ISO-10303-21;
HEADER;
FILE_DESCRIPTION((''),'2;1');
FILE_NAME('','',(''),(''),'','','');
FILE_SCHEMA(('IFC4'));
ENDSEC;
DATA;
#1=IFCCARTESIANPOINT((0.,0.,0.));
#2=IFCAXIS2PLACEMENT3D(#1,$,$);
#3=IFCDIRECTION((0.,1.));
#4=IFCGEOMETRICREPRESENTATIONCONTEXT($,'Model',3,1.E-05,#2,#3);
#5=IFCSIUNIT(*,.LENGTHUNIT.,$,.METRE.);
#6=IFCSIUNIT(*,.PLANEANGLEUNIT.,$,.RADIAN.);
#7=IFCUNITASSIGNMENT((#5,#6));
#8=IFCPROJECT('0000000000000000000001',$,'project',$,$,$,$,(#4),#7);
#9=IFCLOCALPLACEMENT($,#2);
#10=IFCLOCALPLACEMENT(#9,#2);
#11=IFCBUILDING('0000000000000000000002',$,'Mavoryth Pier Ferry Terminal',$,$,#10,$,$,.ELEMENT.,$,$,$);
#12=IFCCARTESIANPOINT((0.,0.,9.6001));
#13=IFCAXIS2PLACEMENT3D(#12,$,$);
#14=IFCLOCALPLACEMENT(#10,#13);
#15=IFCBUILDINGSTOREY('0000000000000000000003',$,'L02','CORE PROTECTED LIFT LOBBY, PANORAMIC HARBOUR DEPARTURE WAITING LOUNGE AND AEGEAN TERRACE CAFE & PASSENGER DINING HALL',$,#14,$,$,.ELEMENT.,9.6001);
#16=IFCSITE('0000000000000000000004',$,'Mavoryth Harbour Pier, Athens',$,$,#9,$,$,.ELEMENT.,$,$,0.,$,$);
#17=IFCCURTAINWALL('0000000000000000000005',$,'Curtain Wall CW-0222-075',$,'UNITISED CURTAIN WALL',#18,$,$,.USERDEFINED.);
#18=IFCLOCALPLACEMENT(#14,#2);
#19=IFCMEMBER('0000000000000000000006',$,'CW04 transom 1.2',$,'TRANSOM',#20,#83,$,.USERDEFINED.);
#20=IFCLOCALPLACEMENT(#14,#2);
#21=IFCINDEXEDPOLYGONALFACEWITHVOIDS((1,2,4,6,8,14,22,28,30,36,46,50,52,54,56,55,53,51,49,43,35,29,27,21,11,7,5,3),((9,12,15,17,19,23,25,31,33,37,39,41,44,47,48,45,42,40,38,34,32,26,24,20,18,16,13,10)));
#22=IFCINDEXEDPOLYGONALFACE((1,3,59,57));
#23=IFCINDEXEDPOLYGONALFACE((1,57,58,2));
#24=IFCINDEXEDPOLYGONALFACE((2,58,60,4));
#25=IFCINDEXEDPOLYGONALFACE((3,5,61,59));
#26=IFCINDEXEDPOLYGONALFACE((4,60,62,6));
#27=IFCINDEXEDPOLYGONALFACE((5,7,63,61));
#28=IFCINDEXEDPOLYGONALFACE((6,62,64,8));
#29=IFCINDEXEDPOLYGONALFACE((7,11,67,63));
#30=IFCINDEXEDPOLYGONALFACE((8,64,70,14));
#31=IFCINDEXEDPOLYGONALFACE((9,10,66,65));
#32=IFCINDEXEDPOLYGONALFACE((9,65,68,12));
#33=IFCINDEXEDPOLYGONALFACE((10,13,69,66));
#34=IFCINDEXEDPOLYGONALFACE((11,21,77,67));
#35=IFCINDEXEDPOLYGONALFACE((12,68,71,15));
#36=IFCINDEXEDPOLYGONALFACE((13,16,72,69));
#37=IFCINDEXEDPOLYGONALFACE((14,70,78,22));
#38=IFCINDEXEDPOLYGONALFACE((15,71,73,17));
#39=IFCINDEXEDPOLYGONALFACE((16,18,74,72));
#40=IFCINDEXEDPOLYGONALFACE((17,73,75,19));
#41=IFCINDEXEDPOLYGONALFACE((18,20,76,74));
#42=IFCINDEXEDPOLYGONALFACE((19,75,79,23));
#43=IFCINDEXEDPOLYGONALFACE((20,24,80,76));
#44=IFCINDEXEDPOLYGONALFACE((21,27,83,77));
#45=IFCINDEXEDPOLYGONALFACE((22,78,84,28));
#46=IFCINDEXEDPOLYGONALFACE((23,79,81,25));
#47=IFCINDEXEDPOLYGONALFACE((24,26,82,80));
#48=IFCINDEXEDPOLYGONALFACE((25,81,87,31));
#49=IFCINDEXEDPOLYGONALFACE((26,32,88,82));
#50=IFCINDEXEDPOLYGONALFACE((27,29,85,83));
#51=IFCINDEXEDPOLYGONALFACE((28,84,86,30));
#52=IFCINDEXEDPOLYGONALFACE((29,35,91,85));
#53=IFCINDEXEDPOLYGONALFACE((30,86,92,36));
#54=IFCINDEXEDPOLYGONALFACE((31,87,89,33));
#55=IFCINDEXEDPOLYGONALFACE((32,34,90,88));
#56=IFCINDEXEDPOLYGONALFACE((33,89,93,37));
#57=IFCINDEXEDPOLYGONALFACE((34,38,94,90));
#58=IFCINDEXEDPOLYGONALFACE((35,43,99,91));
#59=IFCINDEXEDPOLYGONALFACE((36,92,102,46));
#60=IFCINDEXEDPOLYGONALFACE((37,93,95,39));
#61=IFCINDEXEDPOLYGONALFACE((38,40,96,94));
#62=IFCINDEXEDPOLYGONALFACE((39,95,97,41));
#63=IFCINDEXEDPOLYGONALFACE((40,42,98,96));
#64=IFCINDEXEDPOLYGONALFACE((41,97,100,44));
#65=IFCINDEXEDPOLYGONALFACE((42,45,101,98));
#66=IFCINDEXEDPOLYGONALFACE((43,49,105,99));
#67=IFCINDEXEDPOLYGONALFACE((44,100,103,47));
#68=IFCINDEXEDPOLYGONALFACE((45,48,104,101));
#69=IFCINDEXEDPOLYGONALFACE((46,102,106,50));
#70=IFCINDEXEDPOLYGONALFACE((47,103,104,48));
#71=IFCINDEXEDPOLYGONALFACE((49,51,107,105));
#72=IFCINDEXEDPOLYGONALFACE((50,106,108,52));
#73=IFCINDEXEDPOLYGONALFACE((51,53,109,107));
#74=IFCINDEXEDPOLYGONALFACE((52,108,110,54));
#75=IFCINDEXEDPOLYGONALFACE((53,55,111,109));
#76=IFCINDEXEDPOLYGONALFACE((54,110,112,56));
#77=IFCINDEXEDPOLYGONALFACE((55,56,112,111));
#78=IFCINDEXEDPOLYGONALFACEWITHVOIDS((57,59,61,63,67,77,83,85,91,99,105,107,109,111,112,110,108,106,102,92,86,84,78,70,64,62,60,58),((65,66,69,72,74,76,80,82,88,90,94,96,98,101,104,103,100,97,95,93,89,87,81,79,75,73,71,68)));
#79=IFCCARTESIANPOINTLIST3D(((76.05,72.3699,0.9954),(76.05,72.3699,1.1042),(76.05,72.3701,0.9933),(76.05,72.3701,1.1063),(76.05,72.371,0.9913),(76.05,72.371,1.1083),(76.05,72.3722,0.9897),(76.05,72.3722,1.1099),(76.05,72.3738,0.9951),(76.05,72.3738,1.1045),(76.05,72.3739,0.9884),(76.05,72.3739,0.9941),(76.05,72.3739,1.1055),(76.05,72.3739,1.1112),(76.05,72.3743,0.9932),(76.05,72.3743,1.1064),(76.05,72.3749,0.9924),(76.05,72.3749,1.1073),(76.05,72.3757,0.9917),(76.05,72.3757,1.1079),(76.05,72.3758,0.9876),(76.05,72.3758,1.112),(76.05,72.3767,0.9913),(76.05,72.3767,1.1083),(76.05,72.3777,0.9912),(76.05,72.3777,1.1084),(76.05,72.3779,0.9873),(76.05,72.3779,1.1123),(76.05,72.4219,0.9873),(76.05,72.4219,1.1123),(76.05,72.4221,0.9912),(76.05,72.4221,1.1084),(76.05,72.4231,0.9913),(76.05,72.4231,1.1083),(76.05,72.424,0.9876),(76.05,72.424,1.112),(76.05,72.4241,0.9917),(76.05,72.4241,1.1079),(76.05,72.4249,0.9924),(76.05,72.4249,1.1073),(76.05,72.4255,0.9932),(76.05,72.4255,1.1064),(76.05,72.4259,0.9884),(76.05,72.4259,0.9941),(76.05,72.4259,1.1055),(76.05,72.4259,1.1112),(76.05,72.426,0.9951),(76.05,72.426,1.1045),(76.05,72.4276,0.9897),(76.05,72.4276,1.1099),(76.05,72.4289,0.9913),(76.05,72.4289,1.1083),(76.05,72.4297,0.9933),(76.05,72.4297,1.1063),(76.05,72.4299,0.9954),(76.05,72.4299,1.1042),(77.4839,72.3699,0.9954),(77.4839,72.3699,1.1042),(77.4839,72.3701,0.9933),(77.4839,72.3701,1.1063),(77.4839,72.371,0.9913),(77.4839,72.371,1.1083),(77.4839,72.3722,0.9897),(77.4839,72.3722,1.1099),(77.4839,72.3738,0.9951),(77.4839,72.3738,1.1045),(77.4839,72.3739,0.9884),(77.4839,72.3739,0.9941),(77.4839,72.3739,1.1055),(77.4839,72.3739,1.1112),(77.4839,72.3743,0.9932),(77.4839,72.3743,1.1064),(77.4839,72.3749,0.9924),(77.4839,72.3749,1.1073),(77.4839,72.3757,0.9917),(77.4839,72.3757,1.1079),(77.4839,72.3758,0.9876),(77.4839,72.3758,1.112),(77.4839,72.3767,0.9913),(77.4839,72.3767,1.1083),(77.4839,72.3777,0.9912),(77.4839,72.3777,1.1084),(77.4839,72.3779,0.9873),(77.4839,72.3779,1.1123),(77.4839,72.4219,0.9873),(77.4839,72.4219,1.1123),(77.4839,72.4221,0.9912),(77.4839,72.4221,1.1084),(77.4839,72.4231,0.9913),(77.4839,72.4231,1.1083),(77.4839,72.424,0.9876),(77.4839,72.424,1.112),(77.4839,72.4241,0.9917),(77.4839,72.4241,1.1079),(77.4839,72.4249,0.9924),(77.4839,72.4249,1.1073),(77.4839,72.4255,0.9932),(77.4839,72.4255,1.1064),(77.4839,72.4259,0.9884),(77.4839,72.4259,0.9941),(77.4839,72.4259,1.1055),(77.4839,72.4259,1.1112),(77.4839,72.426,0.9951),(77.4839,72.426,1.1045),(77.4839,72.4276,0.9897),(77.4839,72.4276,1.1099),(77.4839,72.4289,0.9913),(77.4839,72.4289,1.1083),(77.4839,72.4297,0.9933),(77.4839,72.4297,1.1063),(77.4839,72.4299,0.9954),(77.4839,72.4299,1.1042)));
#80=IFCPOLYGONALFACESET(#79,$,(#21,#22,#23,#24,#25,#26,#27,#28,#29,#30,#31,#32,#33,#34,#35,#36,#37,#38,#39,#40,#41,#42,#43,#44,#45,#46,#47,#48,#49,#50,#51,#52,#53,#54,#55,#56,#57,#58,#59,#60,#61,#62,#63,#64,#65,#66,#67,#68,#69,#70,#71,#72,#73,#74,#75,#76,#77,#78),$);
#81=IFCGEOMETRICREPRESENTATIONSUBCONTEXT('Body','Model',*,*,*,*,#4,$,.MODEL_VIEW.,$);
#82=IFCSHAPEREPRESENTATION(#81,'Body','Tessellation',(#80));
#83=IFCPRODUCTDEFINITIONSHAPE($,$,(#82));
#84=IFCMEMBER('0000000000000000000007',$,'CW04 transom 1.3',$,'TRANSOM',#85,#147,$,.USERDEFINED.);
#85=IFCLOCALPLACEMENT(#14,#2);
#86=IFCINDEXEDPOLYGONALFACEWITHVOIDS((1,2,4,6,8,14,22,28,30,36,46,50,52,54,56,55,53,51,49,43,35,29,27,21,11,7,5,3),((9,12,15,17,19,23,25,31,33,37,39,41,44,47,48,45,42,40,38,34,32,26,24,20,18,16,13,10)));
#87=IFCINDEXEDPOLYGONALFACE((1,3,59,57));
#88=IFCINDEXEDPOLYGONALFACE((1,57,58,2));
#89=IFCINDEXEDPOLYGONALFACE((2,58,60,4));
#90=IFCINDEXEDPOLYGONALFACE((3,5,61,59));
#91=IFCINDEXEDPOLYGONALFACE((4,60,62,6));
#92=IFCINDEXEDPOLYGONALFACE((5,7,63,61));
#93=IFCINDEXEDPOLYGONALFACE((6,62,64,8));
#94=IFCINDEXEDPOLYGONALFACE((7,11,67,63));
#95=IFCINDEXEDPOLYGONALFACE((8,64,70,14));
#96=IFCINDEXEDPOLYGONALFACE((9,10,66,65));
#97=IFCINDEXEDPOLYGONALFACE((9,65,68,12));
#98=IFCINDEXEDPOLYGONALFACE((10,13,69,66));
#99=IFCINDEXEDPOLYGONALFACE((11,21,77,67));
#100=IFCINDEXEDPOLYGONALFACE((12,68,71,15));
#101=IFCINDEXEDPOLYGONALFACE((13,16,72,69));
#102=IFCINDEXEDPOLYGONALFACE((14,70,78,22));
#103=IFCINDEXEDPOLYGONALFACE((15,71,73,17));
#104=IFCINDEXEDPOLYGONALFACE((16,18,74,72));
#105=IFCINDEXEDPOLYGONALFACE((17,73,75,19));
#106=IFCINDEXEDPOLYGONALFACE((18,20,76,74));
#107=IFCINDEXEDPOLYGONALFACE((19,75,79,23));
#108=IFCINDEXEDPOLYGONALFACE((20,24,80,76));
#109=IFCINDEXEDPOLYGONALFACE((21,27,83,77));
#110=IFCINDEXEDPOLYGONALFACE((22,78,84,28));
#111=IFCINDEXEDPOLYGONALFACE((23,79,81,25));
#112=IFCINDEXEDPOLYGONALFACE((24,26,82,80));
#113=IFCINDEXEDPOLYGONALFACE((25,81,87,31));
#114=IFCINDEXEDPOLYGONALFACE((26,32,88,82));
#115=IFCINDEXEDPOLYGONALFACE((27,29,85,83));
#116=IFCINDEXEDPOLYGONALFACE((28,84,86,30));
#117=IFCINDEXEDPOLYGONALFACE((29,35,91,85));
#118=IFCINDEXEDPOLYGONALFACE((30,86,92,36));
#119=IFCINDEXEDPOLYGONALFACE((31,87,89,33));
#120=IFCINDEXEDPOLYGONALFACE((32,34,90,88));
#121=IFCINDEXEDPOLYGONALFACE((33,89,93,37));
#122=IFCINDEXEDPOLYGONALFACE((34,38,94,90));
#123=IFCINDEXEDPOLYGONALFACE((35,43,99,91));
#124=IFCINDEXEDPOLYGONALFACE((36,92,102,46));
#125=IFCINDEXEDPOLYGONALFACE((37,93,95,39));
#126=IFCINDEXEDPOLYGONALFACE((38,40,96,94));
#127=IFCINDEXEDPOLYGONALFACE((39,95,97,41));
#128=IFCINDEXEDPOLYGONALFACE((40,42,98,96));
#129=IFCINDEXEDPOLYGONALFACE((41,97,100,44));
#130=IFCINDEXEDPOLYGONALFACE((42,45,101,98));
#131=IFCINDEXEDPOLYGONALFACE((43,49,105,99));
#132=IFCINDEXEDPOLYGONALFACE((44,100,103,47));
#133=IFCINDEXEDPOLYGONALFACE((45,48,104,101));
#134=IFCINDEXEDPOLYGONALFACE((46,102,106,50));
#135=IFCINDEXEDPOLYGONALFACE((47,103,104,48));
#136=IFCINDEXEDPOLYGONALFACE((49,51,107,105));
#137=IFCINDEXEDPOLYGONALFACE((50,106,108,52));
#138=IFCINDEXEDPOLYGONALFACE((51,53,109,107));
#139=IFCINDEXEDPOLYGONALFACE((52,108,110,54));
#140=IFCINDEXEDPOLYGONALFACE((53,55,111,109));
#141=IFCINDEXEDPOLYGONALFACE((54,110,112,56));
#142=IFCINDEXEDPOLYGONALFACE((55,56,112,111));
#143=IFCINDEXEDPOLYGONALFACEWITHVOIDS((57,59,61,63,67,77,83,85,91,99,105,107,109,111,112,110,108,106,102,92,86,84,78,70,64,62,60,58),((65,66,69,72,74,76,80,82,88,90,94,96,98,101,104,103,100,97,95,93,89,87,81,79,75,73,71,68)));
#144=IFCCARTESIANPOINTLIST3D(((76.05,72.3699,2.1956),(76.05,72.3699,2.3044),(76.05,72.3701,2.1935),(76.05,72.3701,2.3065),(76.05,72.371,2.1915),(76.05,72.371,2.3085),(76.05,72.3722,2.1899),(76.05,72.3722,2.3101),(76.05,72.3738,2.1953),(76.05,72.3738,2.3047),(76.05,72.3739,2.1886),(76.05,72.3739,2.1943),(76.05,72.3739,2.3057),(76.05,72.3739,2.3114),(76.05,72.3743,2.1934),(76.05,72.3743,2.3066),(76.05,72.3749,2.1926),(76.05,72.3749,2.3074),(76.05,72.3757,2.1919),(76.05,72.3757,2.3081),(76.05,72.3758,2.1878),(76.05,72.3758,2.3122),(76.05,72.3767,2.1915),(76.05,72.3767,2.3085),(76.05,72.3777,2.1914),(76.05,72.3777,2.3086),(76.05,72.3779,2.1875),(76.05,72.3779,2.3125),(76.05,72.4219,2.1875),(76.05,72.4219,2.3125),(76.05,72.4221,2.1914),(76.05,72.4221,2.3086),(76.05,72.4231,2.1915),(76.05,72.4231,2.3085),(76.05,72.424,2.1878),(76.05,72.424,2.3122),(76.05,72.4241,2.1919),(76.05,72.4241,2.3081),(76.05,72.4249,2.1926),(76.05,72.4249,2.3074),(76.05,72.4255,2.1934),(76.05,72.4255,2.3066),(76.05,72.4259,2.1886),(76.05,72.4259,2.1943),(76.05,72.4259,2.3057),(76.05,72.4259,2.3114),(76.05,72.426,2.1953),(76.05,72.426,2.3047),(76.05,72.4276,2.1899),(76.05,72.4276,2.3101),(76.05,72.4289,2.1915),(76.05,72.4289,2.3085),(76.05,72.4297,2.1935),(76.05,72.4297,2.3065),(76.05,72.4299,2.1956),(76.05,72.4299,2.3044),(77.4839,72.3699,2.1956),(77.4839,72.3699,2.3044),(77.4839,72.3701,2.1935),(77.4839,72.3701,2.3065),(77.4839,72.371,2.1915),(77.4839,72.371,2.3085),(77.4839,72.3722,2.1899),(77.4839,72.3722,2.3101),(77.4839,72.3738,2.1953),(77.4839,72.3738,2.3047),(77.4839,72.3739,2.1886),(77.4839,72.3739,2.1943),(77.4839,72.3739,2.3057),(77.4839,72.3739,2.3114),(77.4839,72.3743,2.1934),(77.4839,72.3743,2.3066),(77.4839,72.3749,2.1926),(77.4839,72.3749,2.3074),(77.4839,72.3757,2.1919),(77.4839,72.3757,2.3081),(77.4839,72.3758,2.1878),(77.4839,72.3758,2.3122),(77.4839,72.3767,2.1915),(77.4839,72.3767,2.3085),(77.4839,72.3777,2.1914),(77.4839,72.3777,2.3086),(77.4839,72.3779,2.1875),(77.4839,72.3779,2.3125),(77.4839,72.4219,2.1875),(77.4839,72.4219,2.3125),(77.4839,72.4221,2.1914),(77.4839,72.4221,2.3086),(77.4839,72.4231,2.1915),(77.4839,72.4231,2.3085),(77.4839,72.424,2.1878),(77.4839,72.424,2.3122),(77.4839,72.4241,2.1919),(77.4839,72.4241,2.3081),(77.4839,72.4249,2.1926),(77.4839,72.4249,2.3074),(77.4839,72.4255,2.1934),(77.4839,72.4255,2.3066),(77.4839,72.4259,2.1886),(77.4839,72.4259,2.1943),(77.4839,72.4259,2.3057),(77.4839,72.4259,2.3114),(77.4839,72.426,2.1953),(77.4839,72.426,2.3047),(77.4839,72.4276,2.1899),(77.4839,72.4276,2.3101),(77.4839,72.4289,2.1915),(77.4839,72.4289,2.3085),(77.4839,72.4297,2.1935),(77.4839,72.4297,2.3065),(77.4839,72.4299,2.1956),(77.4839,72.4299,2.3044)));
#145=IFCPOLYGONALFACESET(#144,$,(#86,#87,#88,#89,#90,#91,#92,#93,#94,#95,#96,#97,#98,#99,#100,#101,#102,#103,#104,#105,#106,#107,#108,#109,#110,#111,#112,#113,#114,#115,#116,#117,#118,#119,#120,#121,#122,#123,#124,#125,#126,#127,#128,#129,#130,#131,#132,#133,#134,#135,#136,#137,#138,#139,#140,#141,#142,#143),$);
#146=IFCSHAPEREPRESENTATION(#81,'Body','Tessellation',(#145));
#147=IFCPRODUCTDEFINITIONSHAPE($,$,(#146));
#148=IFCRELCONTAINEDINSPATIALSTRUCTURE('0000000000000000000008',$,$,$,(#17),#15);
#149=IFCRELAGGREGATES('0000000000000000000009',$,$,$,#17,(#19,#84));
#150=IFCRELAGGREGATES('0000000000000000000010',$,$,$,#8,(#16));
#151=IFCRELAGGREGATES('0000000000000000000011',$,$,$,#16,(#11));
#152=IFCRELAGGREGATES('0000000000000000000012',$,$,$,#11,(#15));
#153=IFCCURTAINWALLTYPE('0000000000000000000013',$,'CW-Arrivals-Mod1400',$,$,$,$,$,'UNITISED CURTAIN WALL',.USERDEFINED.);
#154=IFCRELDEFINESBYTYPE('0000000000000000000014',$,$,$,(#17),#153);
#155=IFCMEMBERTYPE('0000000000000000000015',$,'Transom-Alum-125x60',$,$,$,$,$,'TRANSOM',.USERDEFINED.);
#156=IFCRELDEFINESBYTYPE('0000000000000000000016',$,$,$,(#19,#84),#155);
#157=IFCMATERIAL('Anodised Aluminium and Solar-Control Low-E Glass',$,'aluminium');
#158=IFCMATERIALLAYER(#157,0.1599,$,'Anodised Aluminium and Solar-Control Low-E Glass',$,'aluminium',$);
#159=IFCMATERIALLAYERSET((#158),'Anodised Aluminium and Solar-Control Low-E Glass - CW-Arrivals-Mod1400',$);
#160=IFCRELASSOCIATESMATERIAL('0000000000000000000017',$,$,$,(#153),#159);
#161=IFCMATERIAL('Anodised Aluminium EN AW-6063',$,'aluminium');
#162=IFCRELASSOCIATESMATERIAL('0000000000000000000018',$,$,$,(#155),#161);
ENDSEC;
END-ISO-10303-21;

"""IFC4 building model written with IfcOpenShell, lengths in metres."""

from ifc_helpers import new_model, si_unit, direction, frame, origin, origin_2d, place, context, subcontext, project, spatial, hollow_rectangle, extrude, material, layer, layer_set, material_profile, profile_set, type_object, element, aggregate, save


model = new_model("IFC4")

# Units and contexts
model_context = context("Model", 3, precision=1e-05, world=origin(), true_north=direction((0.0, 1.0)))
body_context = subcontext(model_context, "Body", "Model", "MODEL_VIEW")
ifc_project = project(units=[si_unit("LENGTHUNIT", "METRE"), si_unit("PLANEANGLEUNIT", "RADIAN")], contexts=[model_context])

# Site, building, storey
site_placement = place(None, origin())
site = spatial("IfcSite", under=ifc_project, at=site_placement, Name="Mavoryth Harbour Pier, Athens", CompositionType="ELEMENT", RefElevation=0.0)
building_placement = place(site_placement, origin())
building = spatial("IfcBuilding", under=site, at=building_placement, Name="Mavoryth Pier Ferry Terminal", CompositionType="ELEMENT")
storey_placement = place(building_placement, frame((0.0, 0.0, 9.6001)))
storey = spatial("IfcBuildingStorey", under=building, at=storey_placement, Name="L02", Description="CORE PROTECTED LIFT LOBBY, PANORAMIC HARBOUR DEPARTURE WAITING LOUNGE AND AEGEAN TERRACE CAFE & PASSENGER DINING HALL", CompositionType="ELEMENT", Elevation=9.6001)

# Curtain wall
ifc_material_1 = material(Name="Anodised Aluminium and Solar-Control Low-E Glass", Category="aluminium")
ifc_layer_1 = layer(ifc_material_1, 0.1599, Name="Anodised Aluminium and Solar-Control Low-E Glass", Category="aluminium")
ifc_layer_set_1 = layer_set([ifc_layer_1], Name="Anodised Aluminium and Solar-Control Low-E Glass - CW-Arrivals-Mod1400")
curtain_wall_type = type_object("IfcCurtainWallType", Name="CW-Arrivals-Mod1400", ElementType="UNITISED CURTAIN WALL", PredefinedType="USERDEFINED", material=ifc_layer_set_1)
ifc_material_2 = material(Name="Anodised Aluminium EN AW-6063", Category="aluminium")
curtain_wall_1_placement = place(storey_placement, origin())
curtain_wall_1 = element("IfcCurtainWall", 1, at=curtain_wall_1_placement, inside=storey, type_object=curtain_wall_type, Name="Curtain Wall CW-0222-075", ObjectType="UNITISED CURTAIN WALL", PredefinedType="USERDEFINED")

# Members
ifc_material_profile_1 = material_profile(ifc_material_2, hollow_rectangle(XDim=0.0601, YDim=0.125, WallThickness=0.0039, InnerFilletRadius=0.0039, OuterFilletRadius=0.0081, at=origin_2d()), Name="AL-TRAN 125x60x4", Category="aluminium")
ifc_profile_set_1 = profile_set([ifc_material_profile_1], Name="Anodised Aluminium EN AW-6063 - AL-TRAN 125x60x4")
member_type_1 = type_object("IfcMemberType", Name="Transom-Alum-125x60", ElementType="TRANSOM", PredefinedType="USERDEFINED", material=ifc_profile_set_1)
member_1_placement = place(storey_placement, frame((76.05, 72.3999, 1.0498), z_axis=(1.0, 0.0, 0.0), x_axis=(0.0, 1.0, 0.0)))
member_1 = element("IfcMember", 2, at=member_1_placement, type_object=member_type_1, Name="CW04 transom 1.2", ObjectType="TRANSOM", PredefinedType="USERDEFINED", context=body_context, shape_type="SweptSolid", body=[
    extrude(hollow_rectangle(XDim=0.0601, YDim=0.125, WallThickness=0.0039, InnerFilletRadius=0.0039, OuterFilletRadius=0.0081, at=origin_2d()), origin(), (0.0, 0.0, 1.0), 1.4338),
])
member_2_placement = place(storey_placement, frame((76.05, 72.3999, 2.25), z_axis=(1.0, 0.0, 0.0), x_axis=(0.0, 1.0, 0.0)))
member_2 = element("IfcMember", 3, at=member_2_placement, type_object=member_type_1, Name="CW04 transom 1.3", ObjectType="TRANSOM", PredefinedType="USERDEFINED", context=body_context, shape_type="SweptSolid", body=[
    extrude(hollow_rectangle(XDim=0.0601, YDim=0.125, WallThickness=0.0039, InnerFilletRadius=0.0039, OuterFilletRadius=0.0081, at=origin_2d()), origin(), (0.0, 0.0, 1.0), 1.4338),
])

aggregate(curtain_wall_1, [member_1, member_2])

save(model, "model.ifc")
